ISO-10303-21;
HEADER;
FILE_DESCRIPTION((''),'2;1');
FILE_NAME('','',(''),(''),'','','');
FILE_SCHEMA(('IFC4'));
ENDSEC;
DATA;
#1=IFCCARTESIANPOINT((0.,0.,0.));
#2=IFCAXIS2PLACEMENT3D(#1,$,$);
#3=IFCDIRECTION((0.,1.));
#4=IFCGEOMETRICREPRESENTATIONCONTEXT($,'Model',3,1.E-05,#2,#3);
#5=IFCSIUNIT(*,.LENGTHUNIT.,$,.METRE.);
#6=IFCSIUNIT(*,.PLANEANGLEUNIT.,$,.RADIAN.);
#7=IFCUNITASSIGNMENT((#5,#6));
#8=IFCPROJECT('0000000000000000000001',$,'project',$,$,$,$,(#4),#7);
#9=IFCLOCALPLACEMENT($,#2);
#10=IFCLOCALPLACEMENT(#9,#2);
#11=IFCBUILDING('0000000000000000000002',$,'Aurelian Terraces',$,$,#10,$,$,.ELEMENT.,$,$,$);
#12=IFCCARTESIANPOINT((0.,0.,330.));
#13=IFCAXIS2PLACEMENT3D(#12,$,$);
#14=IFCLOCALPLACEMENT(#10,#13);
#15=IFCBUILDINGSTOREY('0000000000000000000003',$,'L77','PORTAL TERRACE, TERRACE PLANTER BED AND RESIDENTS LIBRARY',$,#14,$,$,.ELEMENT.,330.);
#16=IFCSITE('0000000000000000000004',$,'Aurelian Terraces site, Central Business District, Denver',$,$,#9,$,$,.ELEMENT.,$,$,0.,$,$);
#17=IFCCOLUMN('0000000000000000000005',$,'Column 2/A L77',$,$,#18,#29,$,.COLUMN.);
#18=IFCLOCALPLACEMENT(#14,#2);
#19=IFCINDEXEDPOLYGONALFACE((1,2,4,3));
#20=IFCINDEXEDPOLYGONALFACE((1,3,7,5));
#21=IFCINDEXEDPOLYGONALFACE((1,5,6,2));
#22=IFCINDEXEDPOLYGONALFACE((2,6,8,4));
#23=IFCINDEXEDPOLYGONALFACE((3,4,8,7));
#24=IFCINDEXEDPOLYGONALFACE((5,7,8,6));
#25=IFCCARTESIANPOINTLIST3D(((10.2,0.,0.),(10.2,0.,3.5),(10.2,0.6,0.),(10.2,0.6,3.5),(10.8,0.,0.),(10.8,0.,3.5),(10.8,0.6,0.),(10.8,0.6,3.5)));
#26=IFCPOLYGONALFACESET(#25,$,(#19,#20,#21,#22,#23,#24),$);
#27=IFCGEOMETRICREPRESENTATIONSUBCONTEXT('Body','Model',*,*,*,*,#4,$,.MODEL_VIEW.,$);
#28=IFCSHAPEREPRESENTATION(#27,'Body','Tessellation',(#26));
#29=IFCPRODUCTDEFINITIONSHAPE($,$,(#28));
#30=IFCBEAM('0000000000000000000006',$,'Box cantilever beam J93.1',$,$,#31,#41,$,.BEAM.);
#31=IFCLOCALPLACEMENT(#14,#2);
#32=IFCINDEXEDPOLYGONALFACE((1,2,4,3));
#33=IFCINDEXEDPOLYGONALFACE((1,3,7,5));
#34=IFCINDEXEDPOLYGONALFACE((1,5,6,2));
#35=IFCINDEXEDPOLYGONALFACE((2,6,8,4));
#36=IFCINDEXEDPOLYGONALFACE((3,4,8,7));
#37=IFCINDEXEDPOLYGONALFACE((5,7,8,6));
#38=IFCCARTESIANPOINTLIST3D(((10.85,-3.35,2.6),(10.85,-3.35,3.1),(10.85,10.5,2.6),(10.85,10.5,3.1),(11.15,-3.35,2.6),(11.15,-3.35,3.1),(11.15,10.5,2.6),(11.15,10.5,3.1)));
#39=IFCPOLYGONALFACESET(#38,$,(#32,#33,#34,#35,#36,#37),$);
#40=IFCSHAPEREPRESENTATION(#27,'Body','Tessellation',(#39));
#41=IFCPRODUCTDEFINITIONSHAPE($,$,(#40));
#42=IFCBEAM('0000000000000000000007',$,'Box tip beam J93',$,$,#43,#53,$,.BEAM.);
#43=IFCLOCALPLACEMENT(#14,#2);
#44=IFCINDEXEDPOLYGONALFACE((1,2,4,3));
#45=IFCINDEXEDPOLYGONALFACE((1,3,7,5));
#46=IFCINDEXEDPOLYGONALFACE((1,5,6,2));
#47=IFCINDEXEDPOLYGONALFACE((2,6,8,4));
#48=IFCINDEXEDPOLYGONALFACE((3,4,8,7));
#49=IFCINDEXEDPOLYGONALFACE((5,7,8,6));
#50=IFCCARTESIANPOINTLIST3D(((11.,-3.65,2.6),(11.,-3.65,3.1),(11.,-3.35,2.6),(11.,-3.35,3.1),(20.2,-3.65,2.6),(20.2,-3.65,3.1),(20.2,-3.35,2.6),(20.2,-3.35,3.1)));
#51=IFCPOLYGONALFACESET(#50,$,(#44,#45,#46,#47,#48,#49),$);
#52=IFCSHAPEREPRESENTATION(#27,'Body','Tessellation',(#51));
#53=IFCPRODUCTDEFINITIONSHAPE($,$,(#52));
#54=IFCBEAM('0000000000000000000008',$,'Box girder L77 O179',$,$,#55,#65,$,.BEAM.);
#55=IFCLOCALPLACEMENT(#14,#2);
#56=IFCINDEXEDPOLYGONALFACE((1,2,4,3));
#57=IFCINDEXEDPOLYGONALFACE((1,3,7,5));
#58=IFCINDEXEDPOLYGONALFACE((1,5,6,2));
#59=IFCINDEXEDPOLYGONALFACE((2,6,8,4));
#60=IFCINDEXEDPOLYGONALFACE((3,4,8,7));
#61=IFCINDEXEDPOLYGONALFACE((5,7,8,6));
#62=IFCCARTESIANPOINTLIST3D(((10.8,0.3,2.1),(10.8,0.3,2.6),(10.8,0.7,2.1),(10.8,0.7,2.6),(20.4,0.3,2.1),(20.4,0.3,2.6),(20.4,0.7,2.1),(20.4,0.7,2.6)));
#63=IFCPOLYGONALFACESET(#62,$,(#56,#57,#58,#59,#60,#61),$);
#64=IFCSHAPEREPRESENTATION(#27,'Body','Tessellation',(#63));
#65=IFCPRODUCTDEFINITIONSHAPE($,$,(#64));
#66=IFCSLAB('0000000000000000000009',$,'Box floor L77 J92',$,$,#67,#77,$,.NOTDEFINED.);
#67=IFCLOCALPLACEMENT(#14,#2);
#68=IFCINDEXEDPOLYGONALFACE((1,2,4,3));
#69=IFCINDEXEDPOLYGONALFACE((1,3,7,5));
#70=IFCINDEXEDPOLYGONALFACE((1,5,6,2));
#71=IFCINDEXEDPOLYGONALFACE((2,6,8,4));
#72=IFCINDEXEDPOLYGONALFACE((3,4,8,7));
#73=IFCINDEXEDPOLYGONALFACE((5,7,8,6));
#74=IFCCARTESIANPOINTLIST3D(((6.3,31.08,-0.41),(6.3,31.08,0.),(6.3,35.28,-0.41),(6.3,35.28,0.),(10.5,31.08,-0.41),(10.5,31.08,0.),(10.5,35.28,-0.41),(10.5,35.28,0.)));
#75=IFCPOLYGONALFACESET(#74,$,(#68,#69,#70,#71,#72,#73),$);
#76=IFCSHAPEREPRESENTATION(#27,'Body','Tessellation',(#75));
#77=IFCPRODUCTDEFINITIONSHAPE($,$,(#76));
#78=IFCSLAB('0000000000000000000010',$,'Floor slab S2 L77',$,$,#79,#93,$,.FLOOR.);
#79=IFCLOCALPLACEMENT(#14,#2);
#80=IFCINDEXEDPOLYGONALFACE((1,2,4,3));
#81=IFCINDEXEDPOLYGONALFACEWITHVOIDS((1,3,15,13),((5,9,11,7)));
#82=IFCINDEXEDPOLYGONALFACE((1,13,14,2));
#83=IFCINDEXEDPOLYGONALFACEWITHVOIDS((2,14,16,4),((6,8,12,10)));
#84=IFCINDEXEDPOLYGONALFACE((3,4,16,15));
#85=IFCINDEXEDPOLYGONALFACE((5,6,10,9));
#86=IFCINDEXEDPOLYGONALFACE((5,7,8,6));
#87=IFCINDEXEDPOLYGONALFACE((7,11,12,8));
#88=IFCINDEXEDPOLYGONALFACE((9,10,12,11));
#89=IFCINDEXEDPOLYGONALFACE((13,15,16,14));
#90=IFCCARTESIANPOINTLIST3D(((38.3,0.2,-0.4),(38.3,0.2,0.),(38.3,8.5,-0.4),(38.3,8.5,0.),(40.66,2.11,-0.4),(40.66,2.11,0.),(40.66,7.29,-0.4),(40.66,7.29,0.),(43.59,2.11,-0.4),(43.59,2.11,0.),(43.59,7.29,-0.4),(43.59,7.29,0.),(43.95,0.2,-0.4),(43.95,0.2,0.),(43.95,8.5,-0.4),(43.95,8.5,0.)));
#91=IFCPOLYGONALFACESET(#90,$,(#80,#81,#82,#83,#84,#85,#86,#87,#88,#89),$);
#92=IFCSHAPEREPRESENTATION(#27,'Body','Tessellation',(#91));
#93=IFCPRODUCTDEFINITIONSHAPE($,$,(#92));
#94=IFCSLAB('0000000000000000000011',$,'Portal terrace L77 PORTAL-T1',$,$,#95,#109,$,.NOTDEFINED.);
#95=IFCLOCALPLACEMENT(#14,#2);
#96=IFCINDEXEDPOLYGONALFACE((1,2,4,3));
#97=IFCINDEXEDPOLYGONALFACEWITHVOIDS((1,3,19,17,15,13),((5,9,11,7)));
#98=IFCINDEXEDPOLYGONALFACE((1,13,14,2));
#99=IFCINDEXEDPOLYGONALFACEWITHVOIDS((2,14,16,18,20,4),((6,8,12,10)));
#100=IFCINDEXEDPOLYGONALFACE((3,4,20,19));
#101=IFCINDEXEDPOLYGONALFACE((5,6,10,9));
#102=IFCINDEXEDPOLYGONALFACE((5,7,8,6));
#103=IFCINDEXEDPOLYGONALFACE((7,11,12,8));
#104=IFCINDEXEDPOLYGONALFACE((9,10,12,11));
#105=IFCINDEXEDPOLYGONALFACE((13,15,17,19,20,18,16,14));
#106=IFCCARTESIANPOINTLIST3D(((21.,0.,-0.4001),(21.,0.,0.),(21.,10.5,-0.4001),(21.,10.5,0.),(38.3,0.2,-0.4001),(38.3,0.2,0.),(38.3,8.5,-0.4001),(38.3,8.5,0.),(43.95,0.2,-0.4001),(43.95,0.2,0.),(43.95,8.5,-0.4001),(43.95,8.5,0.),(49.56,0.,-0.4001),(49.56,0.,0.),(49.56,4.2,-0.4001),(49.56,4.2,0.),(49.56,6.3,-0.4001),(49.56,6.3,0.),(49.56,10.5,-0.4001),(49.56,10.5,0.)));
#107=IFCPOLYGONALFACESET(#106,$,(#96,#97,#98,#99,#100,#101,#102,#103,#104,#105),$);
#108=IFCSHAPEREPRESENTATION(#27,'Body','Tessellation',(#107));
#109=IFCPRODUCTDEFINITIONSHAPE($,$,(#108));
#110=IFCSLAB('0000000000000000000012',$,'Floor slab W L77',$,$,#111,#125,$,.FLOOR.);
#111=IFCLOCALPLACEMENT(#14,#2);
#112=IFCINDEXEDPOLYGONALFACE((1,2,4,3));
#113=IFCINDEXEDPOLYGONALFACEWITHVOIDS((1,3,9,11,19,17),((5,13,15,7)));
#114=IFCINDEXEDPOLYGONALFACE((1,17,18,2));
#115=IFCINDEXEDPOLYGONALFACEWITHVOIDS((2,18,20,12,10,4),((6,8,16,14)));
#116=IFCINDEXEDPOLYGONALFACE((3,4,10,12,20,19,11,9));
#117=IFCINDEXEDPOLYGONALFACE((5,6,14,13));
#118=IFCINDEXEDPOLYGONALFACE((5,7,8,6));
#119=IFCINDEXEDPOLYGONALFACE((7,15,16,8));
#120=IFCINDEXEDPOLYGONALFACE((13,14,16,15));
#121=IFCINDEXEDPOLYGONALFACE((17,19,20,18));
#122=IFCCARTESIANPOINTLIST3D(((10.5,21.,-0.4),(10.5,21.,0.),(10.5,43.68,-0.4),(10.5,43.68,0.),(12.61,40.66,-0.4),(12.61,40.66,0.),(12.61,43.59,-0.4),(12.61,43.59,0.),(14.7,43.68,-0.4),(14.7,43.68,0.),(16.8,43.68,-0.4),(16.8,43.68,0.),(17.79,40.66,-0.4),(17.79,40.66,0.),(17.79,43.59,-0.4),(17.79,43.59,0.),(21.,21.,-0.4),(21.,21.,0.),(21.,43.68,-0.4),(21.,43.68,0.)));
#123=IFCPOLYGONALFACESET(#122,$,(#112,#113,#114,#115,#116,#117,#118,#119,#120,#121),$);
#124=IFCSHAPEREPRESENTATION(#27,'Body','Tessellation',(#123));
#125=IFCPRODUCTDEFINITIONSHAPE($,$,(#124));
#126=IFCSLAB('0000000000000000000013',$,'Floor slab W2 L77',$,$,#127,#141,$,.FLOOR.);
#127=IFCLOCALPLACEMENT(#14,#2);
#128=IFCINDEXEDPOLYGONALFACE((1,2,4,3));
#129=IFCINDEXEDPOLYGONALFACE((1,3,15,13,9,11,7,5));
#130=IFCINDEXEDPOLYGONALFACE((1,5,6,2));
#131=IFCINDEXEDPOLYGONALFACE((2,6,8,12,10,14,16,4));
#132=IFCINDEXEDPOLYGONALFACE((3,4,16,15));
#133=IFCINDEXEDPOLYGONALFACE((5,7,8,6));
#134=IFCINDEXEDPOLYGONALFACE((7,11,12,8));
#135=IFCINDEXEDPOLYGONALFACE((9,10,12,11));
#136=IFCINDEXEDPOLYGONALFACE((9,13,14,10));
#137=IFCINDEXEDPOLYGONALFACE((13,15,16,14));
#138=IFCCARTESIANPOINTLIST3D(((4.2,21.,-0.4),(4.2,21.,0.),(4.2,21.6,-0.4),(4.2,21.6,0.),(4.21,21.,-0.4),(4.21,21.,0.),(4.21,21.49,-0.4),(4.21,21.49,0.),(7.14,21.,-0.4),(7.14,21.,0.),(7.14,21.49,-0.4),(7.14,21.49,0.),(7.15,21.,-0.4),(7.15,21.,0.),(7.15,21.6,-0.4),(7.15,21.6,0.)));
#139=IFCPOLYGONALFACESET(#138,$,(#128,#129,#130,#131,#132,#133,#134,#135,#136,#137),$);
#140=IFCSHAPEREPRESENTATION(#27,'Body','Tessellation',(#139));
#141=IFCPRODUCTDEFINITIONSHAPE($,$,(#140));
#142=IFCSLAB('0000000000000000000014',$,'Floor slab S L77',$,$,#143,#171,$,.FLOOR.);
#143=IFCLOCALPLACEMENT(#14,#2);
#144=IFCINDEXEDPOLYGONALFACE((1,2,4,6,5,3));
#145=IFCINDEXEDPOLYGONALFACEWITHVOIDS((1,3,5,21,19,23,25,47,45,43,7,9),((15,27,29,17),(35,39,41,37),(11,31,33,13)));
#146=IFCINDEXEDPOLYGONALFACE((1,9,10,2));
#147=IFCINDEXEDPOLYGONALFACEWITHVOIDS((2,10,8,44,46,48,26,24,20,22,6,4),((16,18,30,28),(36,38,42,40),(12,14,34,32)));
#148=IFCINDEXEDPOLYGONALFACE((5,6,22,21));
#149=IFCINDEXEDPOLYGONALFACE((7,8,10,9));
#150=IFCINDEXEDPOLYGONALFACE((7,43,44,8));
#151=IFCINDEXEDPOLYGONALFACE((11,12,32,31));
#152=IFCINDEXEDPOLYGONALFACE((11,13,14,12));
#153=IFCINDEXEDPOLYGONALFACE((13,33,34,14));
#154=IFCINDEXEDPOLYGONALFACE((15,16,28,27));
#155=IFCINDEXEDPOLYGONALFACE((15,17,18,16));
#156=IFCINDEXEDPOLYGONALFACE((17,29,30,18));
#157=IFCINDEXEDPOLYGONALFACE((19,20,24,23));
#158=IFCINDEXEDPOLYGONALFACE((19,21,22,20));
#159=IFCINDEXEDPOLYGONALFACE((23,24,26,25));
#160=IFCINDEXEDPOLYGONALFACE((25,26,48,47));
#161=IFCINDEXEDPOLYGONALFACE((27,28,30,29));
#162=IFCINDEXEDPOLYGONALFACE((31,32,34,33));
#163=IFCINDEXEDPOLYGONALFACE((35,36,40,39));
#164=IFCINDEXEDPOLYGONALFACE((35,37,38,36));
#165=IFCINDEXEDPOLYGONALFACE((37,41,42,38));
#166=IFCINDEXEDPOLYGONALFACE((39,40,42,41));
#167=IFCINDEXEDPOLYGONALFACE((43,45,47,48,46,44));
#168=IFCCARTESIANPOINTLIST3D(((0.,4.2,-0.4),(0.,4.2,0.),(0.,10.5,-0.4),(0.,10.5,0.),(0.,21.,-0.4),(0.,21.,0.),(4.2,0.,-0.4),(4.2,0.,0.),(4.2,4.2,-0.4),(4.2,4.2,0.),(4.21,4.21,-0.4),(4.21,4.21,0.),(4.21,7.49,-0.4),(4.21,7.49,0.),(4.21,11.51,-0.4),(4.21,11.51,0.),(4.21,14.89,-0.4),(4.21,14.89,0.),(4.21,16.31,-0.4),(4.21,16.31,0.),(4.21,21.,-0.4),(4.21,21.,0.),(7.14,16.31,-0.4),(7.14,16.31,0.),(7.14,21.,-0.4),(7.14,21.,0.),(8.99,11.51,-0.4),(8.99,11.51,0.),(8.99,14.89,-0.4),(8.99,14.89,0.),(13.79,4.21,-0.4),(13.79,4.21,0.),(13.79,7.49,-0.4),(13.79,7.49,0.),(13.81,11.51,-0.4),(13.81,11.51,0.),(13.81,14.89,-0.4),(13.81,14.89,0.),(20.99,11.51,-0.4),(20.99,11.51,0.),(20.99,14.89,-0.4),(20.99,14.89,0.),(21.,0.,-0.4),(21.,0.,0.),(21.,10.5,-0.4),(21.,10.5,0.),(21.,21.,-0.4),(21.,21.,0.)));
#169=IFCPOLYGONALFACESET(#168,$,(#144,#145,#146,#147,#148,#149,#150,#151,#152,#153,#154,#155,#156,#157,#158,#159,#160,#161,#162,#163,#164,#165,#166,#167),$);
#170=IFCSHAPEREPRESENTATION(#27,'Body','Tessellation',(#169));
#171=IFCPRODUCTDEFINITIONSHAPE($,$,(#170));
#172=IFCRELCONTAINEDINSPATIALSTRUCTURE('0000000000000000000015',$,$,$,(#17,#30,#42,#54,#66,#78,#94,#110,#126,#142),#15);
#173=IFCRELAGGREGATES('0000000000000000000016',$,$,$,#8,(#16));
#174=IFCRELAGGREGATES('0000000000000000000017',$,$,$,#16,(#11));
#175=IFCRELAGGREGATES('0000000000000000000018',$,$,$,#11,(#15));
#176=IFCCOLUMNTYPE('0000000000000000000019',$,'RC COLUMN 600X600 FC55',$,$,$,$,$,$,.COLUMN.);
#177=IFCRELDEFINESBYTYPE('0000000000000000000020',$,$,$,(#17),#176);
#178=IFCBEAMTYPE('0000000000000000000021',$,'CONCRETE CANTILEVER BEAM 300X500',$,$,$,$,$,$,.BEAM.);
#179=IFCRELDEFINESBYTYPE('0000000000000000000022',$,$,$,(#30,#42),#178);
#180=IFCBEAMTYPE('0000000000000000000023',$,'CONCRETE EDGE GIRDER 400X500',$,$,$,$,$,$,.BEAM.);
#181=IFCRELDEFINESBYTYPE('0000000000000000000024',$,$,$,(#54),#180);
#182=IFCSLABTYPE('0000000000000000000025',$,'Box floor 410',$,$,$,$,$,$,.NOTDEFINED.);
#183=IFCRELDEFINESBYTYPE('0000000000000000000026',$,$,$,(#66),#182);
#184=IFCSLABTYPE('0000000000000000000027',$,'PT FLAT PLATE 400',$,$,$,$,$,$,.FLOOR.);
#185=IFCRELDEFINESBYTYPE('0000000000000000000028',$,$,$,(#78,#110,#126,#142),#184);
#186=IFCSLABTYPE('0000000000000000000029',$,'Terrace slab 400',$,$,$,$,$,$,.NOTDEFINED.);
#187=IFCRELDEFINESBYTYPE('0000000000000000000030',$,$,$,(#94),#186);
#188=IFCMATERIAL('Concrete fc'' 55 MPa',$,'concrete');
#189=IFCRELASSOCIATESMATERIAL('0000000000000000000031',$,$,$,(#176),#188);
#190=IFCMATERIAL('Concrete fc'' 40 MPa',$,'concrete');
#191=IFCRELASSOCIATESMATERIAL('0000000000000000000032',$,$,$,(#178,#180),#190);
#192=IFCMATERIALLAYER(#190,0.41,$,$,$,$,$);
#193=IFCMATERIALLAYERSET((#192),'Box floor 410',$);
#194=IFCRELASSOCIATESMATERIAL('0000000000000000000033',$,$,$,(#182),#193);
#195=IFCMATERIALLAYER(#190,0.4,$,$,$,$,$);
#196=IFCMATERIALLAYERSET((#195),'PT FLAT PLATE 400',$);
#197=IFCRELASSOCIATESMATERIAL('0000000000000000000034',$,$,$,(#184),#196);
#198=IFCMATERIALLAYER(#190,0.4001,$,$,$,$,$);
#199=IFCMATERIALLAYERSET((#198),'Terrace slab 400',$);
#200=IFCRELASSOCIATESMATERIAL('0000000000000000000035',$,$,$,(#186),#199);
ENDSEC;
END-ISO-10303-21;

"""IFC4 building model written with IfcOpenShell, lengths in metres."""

from ifc_helpers import new_model, si_unit, direction, frame, origin, origin_2d, place, context, subcontext, project, spatial, polyline, rectangle, outline, extrude, source, transform, mapped, material, layer, layer_set, material_profile, profile_set, type_object, element, save


model = new_model("IFC4")

# Units and contexts
model_context = context("Model", 3, precision=1e-05, world=origin(), true_north=direction((0.0, 1.0)))
body_context = subcontext(model_context, "Body", "Model", "MODEL_VIEW")
ifc_project = project(units=[si_unit("LENGTHUNIT", "METRE"), si_unit("PLANEANGLEUNIT", "RADIAN")], contexts=[model_context])

# Site, building, storey
site_placement = place(None, origin())
site = spatial("IfcSite", under=ifc_project, at=site_placement, Name="Aurelian Terraces site, Central Business District, Denver", CompositionType="ELEMENT", RefElevation=0.0)
building_placement = place(site_placement, origin())
building = spatial("IfcBuilding", under=site, at=building_placement, Name="Aurelian Terraces", CompositionType="ELEMENT")
storey_placement = place(building_placement, frame((0.0, 0.0, 330.0)))
storey = spatial("IfcBuildingStorey", under=building, at=storey_placement, Name="L77", Description="PORTAL TERRACE, TERRACE PLANTER BED AND RESIDENTS LIBRARY", CompositionType="ELEMENT", Elevation=330.0)

# Column
ifc_material_1 = material(Name="Concrete fc' 55 MPa", Category="concrete")
ifc_material_profile_1 = material_profile(ifc_material_1, rectangle(XDim=0.6, YDim=0.6, at=origin_2d()))
ifc_profile_set_1 = profile_set([ifc_material_profile_1], Name="Concrete fc' 55 MPa")
column_type = type_object("IfcColumnType", Name="RC COLUMN 600X600 FC55", PredefinedType="COLUMN", material=ifc_profile_set_1)
shared_shape_1 = source(origin(), body_context, "Body", "SweptSolid", [
    extrude(rectangle(XDim=0.6, YDim=0.6, at=origin_2d()), origin(), (0.0, 0.0, 1.0), 3.5),
])
column_placement = place(storey_placement, frame((10.5, 0.3, 0.0), z_axis=(0.0, 0.0, 1.0), x_axis=(1.0, 0.0, 0.0)))
element("IfcColumn", 1, at=column_placement, inside=storey, type_object=column_type, Name="Column 2/A L77", PredefinedType="COLUMN", context=body_context, shape_type="MappedRepresentation", body=[
    mapped(shared_shape_1, transform((0.0, 0.0, 0.0), scale=1.0)),
])

# Beams
ifc_material_2 = material(Name="Concrete fc' 40 MPa", Category="concrete")
ifc_material_profile_2 = material_profile(ifc_material_2, rectangle(XDim=0.3, YDim=0.5, at=origin_2d()))
ifc_profile_set_2 = profile_set([ifc_material_profile_2], Name="Concrete fc' 40 MPa")
beam_type_1 = type_object("IfcBeamType", Name="CONCRETE CANTILEVER BEAM 300X500", PredefinedType="BEAM", material=ifc_profile_set_2)
beam_1_placement = place(storey_placement, frame((11.0, -3.35, 2.85), z_axis=(0.0, 1.0, 0.0), x_axis=(-1.0, 0.0, 0.0)))
element("IfcBeam", 2, at=beam_1_placement, inside=storey, type_object=beam_type_1, Name="Box cantilever beam J93.1", PredefinedType="BEAM", context=body_context, shape_type="SweptSolid", body=[
    extrude(rectangle(XDim=0.3, YDim=0.5, at=origin_2d()), origin(), (0.0, 0.0, 1.0), 13.85),
])
beam_2_placement = place(storey_placement, frame((11.0, -3.5, 2.85), z_axis=(1.0, 0.0, 0.0), x_axis=(0.0, 1.0, 0.0)))
element("IfcBeam", 3, at=beam_2_placement, inside=storey, type_object=beam_type_1, Name="Box tip beam J93", PredefinedType="BEAM", context=body_context, shape_type="SweptSolid", body=[
    extrude(rectangle(XDim=0.3, YDim=0.5, at=origin_2d()), origin(), (0.0, 0.0, 1.0), 9.2),
])
ifc_material_profile_3 = material_profile(ifc_material_2, rectangle(XDim=0.4, YDim=0.5, at=origin_2d()))
ifc_profile_set_3 = profile_set([ifc_material_profile_3], Name="Concrete fc' 40 MPa")
beam_type_2 = type_object("IfcBeamType", Name="CONCRETE EDGE GIRDER 400X500", PredefinedType="BEAM", material=ifc_profile_set_3)
shared_shape_2 = source(origin(), body_context, "Body", "SweptSolid", [
    extrude(rectangle(XDim=0.4, YDim=0.5, at=origin_2d()), origin(), (0.0, 0.0, 1.0), 9.6),
])
beam_3_placement = place(storey_placement, frame((10.8, 0.5, 2.35), z_axis=(1.0, 0.0, 0.0), x_axis=(0.0, 1.0, 0.0)))
element("IfcBeam", 4, at=beam_3_placement, inside=storey, type_object=beam_type_2, Name="Box girder L77 O179", PredefinedType="BEAM", context=body_context, shape_type="MappedRepresentation", body=[
    mapped(shared_shape_2, transform((0.0, 0.0, 0.0), scale=1.0)),
])

# Slabs
ifc_layer_1 = layer(ifc_material_2, 0.41)
ifc_layer_set_1 = layer_set([ifc_layer_1], Name="Box floor 410")
slab_type_1 = type_object("IfcSlabType", Name="Box floor 410", PredefinedType="NOTDEFINED", material=ifc_layer_set_1)
slab_1_placement = place(storey_placement, frame((0.0, 0.0, -0.41)))
element("IfcSlab", 5, at=slab_1_placement, inside=storey, type_object=slab_type_1, Name="Box floor L77 J92", PredefinedType="NOTDEFINED", context=body_context, shape_type="SweptSolid", body=[
    extrude(outline(polyline([(6.3, 35.28), (6.3, 31.08), (10.5, 31.08), (10.5, 35.28), (6.3, 35.28)])), origin(), (0.0, 0.0, 1.0), 0.41),
])
ifc_layer_2 = layer(ifc_material_2, 0.4)
ifc_layer_set_2 = layer_set([ifc_layer_2], Name="PT FLAT PLATE 400")
slab_type_2 = type_object("IfcSlabType", Name="PT FLAT PLATE 400", PredefinedType="FLOOR", material=ifc_layer_set_2)
slab_2_placement = place(storey_placement, frame((0.0, 0.0, -0.4)))
element("IfcSlab", 6, at=slab_2_placement, inside=storey, type_object=slab_type_2, Name="Floor slab S2 L77", PredefinedType="FLOOR", context=body_context, shape_type="SweptSolid", body=[
    extrude(outline(polyline([(38.3, 8.5), (43.95, 8.5), (43.95, 0.2), (38.3, 0.2), (38.3, 8.5)]), holes=[polyline([(40.66, 2.11), (43.59, 2.11), (43.59, 7.29), (40.66, 7.29), (40.66, 2.11)])]), origin(), (0.0, 0.0, 1.0), 0.4),
])
ifc_layer_3 = layer(ifc_material_2, 0.4001)
ifc_layer_set_3 = layer_set([ifc_layer_3], Name="Terrace slab 400")
slab_type_3 = type_object("IfcSlabType", Name="Terrace slab 400", PredefinedType="NOTDEFINED", material=ifc_layer_set_3)
slab_3_placement = place(storey_placement, frame((0.0, 0.0, -0.4001)))
element("IfcSlab", 7, at=slab_3_placement, inside=storey, type_object=slab_type_3, Name="Portal terrace L77 PORTAL-T1", PredefinedType="NOTDEFINED", context=body_context, shape_type="SweptSolid", body=[
    extrude(outline(polyline([(49.56, 4.2), (49.56, 0.0), (21.0, 0.0), (21.0, 10.5), (49.56, 10.5), (49.56, 6.3), (49.56, 4.2)]), holes=[polyline([(43.95, 8.5), (38.3, 8.5), (38.3, 0.2), (43.95, 0.2), (43.95, 8.5)])]), origin(), (0.0, 0.0, 1.0), 0.4001),
])
shared_shape_3 = source(origin(), body_context, "Body", "SweptSolid", [
    extrude(outline(polyline([(10.5, 43.68), (14.7, 43.68), (16.8, 43.68), (21.0, 43.68), (21.0, 21.0), (10.5, 21.0), (10.5, 43.68)]), holes=[polyline([(17.79, 43.59), (12.61, 43.59), (12.61, 40.66), (17.79, 40.66), (17.79, 43.59)])]), origin(), (0.0, 0.0, 1.0), 0.4),
])
slab_4_placement = place(storey_placement, frame((0.0, 0.0, -0.4)))
element("IfcSlab", 8, at=slab_4_placement, inside=storey, type_object=slab_type_2, Name="Floor slab W L77", PredefinedType="FLOOR", context=body_context, shape_type="MappedRepresentation", body=[
    mapped(shared_shape_3, transform((0.0, 0.0, 0.0), scale=1.0)),
])
shared_shape_4 = source(origin(), body_context, "Body", "SweptSolid", [
    extrude(outline(polyline([(4.2, 21.0), (4.2, 21.6), (7.15, 21.6), (7.15, 21.0), (7.14, 21.0), (7.14, 21.49), (4.21, 21.49), (4.21, 21.0), (4.2, 21.0)])), origin(), (0.0, 0.0, 1.0), 0.4),
])
slab_5_placement = place(storey_placement, frame((0.0, 0.0, -0.4)))
element("IfcSlab", 9, at=slab_5_placement, inside=storey, type_object=slab_type_2, Name="Floor slab W2 L77", PredefinedType="FLOOR", context=body_context, shape_type="MappedRepresentation", body=[
    mapped(shared_shape_4, transform((0.0, 0.0, 0.0), scale=1.0)),
])
shared_shape_5 = source(origin(), body_context, "Body", "SweptSolid", [
    extrude(outline(polyline([(4.2, 4.2), (0.0, 4.2), (0.0, 10.5), (0.0, 21.0), (4.21, 21.0), (4.21, 16.31), (7.14, 16.31), (7.14, 21.0), (21.0, 21.0), (21.0, 10.5), (21.0, 0.0), (4.2, 0.0), (4.2, 4.2)]), holes=[polyline([(13.81, 14.89), (13.81, 11.51), (20.99, 11.51), (20.99, 14.89), (13.81, 14.89)]), polyline([(4.21, 7.49), (4.21, 4.21), (13.79, 4.21), (13.79, 7.49), (4.21, 7.49)]), polyline([(8.99, 11.51), (8.99, 14.89), (4.21, 14.89), (4.21, 11.51), (8.99, 11.51)])]), origin(), (0.0, 0.0, 1.0), 0.4),
])
slab_6_placement = place(storey_placement, frame((0.0, 0.0, -0.4)))
element("IfcSlab", 10, at=slab_6_placement, inside=storey, type_object=slab_type_2, Name="Floor slab S L77", PredefinedType="FLOOR", context=body_context, shape_type="MappedRepresentation", body=[
    mapped(shared_shape_5, transform((0.0, 0.0, 0.0), scale=1.0)),
])

save(model, "model.ifc")
